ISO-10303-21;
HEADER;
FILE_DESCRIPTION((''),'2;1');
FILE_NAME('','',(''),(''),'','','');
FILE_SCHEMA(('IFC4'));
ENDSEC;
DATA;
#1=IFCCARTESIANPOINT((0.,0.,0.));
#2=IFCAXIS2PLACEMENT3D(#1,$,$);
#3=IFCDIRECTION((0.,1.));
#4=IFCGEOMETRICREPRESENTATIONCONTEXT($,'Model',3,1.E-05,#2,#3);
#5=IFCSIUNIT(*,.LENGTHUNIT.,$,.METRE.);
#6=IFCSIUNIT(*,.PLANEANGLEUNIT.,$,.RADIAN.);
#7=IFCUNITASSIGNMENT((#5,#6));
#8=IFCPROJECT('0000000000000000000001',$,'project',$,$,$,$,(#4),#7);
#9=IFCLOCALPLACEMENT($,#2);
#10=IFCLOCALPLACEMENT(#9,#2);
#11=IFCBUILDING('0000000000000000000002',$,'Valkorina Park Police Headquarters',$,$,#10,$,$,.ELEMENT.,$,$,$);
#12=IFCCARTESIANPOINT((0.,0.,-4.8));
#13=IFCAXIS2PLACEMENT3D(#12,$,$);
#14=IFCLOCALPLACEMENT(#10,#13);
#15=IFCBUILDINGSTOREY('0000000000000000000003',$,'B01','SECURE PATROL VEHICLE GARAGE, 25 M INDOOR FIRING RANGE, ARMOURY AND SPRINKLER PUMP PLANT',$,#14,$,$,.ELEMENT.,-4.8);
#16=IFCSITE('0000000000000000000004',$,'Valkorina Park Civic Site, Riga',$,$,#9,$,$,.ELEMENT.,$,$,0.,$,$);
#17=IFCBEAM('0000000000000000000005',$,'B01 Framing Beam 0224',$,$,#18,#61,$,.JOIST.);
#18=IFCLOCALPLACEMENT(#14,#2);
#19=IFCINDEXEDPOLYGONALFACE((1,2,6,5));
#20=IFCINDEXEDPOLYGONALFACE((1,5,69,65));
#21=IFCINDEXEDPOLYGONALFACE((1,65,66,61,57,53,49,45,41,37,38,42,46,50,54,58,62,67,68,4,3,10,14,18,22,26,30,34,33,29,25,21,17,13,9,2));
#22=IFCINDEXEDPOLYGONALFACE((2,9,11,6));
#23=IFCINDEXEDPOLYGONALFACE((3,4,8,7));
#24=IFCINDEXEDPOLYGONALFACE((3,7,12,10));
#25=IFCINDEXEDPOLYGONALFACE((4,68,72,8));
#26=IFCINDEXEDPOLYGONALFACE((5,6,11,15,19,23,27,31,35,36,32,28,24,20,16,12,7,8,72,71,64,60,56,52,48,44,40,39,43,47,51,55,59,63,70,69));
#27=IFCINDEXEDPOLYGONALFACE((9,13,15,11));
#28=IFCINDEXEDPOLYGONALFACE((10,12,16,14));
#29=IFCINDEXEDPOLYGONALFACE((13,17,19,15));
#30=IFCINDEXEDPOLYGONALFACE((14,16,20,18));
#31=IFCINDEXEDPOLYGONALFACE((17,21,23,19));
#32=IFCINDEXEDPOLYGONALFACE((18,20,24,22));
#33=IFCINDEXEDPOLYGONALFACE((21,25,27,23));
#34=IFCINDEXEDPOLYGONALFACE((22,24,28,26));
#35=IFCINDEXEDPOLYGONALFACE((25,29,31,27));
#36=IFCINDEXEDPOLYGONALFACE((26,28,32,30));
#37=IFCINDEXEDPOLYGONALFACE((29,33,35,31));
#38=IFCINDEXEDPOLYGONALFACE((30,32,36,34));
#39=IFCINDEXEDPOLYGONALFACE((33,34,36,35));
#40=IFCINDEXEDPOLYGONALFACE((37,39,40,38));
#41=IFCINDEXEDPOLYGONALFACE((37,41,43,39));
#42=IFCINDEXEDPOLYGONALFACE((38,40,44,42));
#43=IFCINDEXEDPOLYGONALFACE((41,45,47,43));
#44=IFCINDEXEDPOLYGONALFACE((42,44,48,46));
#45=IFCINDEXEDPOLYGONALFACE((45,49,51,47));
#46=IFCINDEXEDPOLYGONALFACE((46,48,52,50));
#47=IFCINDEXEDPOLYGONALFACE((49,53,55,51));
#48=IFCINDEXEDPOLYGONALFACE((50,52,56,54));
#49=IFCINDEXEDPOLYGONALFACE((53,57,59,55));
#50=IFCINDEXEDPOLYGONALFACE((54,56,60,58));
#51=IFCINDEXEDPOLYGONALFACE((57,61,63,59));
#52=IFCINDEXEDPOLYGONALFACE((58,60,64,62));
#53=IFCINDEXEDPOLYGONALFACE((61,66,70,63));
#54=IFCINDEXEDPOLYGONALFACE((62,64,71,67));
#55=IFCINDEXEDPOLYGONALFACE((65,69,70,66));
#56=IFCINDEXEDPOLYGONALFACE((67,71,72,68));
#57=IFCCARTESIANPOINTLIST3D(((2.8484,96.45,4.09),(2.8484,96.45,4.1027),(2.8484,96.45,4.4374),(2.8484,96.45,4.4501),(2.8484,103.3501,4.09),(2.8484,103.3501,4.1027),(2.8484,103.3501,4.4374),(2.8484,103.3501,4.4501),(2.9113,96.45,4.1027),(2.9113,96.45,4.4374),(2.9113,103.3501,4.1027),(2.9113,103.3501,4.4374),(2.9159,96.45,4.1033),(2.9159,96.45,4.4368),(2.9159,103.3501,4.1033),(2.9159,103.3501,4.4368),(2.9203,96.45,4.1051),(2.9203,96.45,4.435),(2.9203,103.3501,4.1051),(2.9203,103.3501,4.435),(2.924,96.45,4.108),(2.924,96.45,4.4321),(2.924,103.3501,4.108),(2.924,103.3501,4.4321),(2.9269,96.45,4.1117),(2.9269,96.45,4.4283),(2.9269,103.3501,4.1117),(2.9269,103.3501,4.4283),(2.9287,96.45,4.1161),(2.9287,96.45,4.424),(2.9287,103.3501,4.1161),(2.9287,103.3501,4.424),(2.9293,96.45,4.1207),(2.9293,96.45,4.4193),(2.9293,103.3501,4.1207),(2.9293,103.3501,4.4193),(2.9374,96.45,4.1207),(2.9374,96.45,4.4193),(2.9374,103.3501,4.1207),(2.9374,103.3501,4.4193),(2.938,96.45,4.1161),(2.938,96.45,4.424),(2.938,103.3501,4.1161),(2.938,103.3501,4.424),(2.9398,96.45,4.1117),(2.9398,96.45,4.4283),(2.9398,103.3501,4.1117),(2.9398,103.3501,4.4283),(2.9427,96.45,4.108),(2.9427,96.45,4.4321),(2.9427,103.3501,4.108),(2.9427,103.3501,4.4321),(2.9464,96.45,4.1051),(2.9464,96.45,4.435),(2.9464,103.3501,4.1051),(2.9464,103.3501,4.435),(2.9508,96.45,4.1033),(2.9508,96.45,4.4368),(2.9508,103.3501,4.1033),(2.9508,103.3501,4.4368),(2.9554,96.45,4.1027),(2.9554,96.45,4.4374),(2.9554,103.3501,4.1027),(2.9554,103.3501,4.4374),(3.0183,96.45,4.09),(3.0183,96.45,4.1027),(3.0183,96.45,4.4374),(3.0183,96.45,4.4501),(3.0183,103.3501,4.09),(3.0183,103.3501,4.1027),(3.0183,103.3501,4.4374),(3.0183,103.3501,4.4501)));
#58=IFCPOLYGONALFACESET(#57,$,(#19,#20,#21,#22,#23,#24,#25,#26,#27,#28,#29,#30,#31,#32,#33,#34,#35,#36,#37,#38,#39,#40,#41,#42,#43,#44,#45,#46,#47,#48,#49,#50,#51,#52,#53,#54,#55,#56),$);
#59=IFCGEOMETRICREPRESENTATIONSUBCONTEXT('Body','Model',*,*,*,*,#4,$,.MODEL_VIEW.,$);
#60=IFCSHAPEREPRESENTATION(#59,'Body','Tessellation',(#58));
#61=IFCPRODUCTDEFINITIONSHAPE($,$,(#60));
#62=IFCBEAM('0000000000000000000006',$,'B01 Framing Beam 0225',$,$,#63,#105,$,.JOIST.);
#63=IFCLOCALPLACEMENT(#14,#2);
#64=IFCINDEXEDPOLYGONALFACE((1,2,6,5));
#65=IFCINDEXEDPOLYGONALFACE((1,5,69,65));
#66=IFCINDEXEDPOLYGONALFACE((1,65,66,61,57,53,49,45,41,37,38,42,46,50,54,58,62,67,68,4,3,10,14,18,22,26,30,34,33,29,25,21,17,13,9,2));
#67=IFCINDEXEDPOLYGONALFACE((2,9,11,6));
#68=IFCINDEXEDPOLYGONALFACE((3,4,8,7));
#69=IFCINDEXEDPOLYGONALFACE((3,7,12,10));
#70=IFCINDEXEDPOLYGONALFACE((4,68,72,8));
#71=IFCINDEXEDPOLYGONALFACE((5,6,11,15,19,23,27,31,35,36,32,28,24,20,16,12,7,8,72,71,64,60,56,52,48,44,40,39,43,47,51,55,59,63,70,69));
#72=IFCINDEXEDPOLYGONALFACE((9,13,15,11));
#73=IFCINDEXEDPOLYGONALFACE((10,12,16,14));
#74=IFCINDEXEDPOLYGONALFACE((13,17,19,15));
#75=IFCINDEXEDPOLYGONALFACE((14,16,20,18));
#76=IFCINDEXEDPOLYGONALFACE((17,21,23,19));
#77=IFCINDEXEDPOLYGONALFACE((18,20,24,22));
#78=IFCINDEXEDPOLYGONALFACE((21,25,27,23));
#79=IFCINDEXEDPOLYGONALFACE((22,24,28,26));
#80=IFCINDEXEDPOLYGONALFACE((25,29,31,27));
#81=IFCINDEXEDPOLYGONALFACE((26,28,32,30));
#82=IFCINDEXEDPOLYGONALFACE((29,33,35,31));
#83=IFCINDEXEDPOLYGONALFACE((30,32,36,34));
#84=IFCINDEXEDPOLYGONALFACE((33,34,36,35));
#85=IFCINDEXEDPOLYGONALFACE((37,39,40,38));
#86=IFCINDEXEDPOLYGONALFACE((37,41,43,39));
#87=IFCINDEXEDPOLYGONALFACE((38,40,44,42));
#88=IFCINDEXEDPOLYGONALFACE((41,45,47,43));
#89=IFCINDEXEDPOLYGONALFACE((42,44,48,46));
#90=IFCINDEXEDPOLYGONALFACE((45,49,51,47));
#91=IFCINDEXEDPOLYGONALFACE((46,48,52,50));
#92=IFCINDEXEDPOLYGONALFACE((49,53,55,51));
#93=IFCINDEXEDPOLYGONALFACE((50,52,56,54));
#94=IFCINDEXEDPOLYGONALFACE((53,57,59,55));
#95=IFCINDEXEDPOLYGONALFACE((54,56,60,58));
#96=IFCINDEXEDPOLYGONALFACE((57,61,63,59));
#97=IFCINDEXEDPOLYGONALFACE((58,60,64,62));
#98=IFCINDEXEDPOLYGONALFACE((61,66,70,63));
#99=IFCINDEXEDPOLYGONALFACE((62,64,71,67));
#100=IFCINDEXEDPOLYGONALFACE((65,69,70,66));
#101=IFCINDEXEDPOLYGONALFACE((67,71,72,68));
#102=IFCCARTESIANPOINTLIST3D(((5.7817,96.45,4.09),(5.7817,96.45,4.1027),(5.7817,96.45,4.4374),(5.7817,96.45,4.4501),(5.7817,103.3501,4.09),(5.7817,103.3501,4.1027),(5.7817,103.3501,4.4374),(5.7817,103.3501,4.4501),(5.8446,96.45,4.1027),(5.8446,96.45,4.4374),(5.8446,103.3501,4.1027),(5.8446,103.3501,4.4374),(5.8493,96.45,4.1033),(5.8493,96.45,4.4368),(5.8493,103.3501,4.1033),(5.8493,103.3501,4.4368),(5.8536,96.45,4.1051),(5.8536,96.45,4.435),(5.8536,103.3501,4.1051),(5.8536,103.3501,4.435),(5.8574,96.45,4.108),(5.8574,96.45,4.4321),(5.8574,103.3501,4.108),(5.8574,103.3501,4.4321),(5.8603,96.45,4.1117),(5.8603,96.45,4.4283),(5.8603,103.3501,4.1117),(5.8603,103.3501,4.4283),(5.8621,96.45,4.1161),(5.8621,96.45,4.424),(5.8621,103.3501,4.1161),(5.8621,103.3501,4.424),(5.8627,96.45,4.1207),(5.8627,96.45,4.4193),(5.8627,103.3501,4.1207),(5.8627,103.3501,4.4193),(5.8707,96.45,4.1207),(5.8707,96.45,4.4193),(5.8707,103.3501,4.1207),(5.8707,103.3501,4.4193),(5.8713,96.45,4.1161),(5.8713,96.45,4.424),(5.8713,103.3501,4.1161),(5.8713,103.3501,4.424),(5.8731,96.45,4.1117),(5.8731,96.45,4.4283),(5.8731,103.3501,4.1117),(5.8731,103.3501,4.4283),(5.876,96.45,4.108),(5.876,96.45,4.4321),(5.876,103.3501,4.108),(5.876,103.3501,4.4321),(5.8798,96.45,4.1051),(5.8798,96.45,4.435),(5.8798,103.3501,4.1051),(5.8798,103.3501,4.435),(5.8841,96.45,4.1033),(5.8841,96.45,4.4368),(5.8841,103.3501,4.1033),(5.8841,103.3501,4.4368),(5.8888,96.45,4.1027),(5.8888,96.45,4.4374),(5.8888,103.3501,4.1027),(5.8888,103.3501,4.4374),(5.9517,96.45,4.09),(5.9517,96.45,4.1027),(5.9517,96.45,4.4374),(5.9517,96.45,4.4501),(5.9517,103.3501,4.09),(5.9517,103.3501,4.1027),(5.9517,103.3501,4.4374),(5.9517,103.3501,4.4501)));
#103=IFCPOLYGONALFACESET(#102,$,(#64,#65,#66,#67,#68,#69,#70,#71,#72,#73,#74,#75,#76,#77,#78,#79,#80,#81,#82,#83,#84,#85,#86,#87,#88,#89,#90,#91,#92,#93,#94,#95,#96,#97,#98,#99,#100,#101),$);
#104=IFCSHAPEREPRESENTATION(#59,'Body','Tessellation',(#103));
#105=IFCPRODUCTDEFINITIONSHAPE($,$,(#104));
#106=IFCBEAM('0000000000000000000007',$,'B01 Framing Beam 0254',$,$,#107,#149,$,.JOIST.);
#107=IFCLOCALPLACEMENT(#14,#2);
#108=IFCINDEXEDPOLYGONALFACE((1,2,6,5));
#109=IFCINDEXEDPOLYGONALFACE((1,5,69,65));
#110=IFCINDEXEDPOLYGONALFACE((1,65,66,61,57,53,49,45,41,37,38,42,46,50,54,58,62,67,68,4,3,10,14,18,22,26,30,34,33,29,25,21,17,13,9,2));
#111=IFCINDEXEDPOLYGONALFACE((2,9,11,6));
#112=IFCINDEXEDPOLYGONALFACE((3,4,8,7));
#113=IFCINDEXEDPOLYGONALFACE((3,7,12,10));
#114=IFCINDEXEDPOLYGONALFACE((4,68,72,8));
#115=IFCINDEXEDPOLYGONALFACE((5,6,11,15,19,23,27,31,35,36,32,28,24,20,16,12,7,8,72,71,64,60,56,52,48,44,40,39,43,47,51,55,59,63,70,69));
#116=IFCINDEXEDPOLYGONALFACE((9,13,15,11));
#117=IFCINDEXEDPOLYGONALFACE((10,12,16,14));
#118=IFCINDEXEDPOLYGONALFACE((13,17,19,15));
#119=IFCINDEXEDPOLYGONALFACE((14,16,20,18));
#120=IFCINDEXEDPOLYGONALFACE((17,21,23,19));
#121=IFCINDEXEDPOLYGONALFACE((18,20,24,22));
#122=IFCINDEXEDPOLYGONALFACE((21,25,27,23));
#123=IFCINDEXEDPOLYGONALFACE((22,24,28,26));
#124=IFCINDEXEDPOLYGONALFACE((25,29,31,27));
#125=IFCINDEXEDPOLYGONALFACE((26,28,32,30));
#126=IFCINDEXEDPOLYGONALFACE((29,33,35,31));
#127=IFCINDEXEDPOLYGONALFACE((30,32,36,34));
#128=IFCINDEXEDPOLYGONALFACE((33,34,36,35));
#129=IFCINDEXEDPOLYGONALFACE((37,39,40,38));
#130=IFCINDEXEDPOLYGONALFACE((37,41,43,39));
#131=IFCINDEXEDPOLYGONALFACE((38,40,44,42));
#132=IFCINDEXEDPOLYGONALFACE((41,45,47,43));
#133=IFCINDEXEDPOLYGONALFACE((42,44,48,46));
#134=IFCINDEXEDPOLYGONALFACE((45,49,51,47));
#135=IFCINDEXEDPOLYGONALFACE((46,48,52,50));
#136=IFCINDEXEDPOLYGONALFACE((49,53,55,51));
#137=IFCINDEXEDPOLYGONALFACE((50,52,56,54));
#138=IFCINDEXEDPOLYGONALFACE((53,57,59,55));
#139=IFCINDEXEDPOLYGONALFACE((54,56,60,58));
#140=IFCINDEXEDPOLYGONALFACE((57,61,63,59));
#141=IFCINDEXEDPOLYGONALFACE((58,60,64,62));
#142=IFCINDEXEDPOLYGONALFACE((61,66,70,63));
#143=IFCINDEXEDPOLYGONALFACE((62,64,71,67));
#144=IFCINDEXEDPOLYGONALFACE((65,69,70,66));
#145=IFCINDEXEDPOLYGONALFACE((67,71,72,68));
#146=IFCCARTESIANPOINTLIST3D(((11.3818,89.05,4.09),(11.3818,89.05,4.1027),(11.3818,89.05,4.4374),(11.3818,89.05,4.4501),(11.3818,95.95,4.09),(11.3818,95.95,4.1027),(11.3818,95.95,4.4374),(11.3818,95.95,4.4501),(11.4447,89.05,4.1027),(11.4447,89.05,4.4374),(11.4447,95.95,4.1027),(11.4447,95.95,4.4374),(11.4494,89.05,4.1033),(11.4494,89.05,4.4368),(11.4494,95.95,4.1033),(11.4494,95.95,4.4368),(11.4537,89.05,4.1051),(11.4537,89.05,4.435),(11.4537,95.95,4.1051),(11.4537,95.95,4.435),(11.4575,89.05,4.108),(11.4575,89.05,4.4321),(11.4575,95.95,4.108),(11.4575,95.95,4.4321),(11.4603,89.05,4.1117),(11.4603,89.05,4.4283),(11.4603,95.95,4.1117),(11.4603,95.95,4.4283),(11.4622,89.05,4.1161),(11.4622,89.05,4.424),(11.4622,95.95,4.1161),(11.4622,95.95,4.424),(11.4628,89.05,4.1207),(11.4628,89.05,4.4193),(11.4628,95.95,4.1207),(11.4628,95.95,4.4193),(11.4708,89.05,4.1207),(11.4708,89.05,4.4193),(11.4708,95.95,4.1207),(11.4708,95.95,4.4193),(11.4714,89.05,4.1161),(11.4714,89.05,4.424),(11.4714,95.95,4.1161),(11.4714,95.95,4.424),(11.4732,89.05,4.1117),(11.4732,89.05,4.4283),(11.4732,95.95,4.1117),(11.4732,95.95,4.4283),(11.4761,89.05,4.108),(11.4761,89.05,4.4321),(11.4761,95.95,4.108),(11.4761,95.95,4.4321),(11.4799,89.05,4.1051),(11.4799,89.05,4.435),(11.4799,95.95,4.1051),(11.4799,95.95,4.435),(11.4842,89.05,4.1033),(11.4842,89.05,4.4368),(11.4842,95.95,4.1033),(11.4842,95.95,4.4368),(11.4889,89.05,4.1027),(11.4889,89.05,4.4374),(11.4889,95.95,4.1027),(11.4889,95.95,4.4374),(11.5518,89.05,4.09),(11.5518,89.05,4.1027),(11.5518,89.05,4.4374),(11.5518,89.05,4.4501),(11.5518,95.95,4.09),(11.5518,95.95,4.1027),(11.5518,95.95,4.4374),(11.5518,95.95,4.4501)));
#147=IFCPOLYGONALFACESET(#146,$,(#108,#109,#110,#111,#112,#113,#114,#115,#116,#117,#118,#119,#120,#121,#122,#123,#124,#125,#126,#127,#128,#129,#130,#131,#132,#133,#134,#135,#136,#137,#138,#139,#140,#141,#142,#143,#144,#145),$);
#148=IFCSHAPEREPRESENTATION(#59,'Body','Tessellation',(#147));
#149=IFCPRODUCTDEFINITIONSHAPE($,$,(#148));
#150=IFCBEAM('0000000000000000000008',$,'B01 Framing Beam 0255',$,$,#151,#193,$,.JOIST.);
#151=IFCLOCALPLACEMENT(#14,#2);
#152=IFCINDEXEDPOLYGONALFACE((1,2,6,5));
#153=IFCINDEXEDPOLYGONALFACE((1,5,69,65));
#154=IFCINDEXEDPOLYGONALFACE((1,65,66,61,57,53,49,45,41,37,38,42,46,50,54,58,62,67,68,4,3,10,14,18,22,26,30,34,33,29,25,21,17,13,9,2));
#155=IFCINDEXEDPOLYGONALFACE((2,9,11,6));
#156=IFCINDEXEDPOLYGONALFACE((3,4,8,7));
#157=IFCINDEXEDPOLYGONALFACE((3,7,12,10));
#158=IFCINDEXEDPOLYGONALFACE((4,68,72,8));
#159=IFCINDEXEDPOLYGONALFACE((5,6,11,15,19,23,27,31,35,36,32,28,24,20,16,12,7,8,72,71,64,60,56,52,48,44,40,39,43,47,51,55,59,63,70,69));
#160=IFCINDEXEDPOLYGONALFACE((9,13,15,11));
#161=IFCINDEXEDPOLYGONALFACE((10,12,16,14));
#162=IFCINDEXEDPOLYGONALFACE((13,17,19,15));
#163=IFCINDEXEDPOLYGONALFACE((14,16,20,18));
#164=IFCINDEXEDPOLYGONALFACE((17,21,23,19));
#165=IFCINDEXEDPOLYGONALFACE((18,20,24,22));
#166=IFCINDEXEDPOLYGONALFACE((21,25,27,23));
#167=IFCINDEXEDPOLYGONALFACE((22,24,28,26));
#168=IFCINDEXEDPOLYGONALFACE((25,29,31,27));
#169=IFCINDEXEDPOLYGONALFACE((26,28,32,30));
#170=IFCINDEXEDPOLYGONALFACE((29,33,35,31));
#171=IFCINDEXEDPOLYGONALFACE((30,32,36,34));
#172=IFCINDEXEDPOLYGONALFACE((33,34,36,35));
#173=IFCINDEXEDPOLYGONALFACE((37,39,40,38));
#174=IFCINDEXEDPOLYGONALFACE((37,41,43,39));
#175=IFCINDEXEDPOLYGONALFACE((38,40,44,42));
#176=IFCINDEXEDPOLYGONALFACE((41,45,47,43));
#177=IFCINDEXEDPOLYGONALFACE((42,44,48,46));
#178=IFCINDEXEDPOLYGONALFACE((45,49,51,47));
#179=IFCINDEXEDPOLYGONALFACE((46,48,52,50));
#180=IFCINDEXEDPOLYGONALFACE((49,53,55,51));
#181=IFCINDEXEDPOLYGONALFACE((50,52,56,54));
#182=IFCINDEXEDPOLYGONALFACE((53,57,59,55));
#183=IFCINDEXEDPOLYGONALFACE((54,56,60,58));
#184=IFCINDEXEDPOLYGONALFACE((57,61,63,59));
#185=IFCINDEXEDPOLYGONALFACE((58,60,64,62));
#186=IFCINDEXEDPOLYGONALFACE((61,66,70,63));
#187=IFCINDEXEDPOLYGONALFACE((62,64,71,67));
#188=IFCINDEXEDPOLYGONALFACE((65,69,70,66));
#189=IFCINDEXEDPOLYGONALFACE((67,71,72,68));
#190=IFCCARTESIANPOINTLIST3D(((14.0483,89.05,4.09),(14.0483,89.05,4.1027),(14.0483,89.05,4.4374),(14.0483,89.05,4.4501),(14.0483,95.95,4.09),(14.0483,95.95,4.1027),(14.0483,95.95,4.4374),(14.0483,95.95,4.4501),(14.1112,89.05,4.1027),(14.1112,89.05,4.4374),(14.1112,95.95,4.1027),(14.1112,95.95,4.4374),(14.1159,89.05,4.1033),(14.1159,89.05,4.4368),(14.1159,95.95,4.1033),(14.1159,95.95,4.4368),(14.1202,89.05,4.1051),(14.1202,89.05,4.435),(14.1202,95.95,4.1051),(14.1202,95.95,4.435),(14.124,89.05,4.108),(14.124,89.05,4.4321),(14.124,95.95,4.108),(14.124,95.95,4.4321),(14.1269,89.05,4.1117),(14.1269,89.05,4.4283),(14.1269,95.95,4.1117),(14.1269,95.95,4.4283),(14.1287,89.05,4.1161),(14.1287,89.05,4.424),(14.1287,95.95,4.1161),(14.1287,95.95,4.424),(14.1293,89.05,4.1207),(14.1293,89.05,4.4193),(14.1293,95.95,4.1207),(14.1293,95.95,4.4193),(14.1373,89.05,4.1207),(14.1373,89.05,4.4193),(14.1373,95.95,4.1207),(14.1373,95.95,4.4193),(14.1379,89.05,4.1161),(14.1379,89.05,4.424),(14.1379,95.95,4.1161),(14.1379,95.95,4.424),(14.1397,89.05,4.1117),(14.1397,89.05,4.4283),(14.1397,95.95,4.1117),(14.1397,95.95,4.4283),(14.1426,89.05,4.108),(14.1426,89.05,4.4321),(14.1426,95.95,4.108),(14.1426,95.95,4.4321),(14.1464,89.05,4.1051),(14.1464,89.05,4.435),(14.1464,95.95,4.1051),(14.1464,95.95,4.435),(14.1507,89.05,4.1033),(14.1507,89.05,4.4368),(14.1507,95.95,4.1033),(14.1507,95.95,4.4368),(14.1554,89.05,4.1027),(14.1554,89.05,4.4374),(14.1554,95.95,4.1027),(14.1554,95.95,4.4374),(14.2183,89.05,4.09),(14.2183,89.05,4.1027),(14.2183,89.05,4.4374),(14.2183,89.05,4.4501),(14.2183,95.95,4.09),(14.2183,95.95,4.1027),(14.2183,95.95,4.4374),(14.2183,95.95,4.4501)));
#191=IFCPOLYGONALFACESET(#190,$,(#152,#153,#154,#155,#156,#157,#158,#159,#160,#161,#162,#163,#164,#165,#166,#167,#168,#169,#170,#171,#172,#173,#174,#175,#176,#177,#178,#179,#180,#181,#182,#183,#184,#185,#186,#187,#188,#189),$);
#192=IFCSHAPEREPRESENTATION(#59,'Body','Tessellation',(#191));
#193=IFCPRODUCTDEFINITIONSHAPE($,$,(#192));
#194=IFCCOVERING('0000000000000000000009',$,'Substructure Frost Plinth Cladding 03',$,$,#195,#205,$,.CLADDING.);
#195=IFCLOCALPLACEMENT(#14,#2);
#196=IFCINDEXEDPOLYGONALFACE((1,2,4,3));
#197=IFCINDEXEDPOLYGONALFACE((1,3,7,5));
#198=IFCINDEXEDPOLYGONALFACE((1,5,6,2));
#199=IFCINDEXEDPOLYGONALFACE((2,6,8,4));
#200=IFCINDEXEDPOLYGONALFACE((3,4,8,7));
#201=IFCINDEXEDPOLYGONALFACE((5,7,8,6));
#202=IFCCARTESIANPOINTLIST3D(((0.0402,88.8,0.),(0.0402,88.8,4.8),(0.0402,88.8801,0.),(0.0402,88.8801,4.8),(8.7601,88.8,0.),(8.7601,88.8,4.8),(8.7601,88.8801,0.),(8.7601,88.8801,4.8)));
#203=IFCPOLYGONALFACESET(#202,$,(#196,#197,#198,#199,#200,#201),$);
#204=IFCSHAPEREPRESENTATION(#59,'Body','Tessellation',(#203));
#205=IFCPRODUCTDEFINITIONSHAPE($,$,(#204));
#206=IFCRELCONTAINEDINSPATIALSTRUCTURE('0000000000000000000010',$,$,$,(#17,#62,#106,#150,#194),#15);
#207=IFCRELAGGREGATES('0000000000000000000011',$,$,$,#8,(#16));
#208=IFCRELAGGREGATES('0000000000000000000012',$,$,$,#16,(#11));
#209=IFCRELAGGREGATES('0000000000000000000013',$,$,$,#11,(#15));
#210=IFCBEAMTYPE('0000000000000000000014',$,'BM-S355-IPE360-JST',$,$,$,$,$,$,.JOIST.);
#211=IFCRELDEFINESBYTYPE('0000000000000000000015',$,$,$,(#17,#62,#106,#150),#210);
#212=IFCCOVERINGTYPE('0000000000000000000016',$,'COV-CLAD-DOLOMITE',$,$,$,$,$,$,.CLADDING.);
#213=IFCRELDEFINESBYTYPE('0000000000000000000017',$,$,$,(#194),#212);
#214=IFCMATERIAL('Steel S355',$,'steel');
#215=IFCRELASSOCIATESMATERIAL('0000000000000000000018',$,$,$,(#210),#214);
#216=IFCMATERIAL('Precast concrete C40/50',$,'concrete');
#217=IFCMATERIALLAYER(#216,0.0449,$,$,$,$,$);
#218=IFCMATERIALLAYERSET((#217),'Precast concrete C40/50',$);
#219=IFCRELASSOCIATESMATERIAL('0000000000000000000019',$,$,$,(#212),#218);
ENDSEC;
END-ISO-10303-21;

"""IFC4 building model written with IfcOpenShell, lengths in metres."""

from ifc_helpers import new_model, si_unit, direction, frame, frame_2d, origin, origin_2d, place, context, subcontext, project, spatial, rectangle, i_section, extrude, material, layer, layer_set, material_profile, profile_set, type_object, element, save


model = new_model("IFC4")

# Units and contexts
model_context = context("Model", 3, precision=1e-05, world=origin(), true_north=direction((0.0, 1.0)))
body_context = subcontext(model_context, "Body", "Model", "MODEL_VIEW")
ifc_project = project(units=[si_unit("LENGTHUNIT", "METRE"), si_unit("PLANEANGLEUNIT", "RADIAN")], contexts=[model_context])

# Site, building, storey
site_placement = place(None, origin())
site = spatial("IfcSite", under=ifc_project, at=site_placement, Name="Valkorina Park Civic Site, Riga", CompositionType="ELEMENT", RefElevation=0.0)
building_placement = place(site_placement, origin())
building = spatial("IfcBuilding", under=site, at=building_placement, Name="Valkorina Park Police Headquarters", CompositionType="ELEMENT")
storey_placement = place(building_placement, frame((0.0, 0.0, -4.8)))
storey = spatial("IfcBuildingStorey", under=building, at=storey_placement, Name="B01", Description="SECURE PATROL VEHICLE GARAGE, 25 M INDOOR FIRING RANGE, ARMOURY AND SPRINKLER PUMP PLANT", CompositionType="ELEMENT", Elevation=-4.8)

# Beams
ifc_material_1 = material(Name="Steel S355", Category="steel")
ifc_material_profile_1 = material_profile(ifc_material_1, i_section(OverallWidth=0.1699, OverallDepth=0.3601, WebThickness=0.0081, FlangeThickness=0.0127, FilletRadius=0.0181, at=origin_2d()), Name="IPE 360")
ifc_profile_set_1 = profile_set([ifc_material_profile_1], Name="Steel S355")
beam_type_1 = type_object("IfcBeamType", Name="BM-S355-IPE360-JST", PredefinedType="JOIST", material=ifc_profile_set_1)
for number, where, z_axis, x_axis, name in (
    (1, (2.9333, 96.45, 4.27), (0.0, 1.0, 0.0), (-1.0, 0.0, 0.0), "B01 Framing Beam 0224"),
    (2, (5.8667, 96.45, 4.27), (0.0, 1.0, 0.0), (-1.0, 0.0, 0.0), "B01 Framing Beam 0225"),
):
    element("IfcBeam", number, at=place(storey_placement, frame(where, z_axis=z_axis, x_axis=x_axis)), inside=storey, type_object=beam_type_1, Name=name, PredefinedType="JOIST", context=body_context, shape_type="SweptSolid", body=[
        extrude(i_section(OverallWidth=0.1699, OverallDepth=0.3601, WebThickness=0.0081, FlangeThickness=0.0127, FilletRadius=0.0181, at=origin_2d()), origin(), (0.0, 0.0, 1.0), 6.9001),
    ])
for number, where, z_axis, x_axis, name in (
    (3, (11.4668, 89.05, 4.27), (0.0, 1.0, 0.0), (-1.0, 0.0, 0.0), "B01 Framing Beam 0254"),
    (4, (14.1333, 89.05, 4.27), (0.0, 1.0, 0.0), (-1.0, 0.0, 0.0), "B01 Framing Beam 0255"),
):
    element("IfcBeam", number, at=place(storey_placement, frame(where, z_axis=z_axis, x_axis=x_axis)), inside=storey, type_object=beam_type_1, Name=name, PredefinedType="JOIST", context=body_context, shape_type="SweptSolid", body=[
        extrude(i_section(OverallWidth=0.1699, OverallDepth=0.3601, WebThickness=0.0081, FlangeThickness=0.0127, FilletRadius=0.0181, at=origin_2d()), origin(), (0.0, 0.0, 1.0), 6.8999),
    ])

# Covering
ifc_material_2 = material(Name="Precast concrete C40/50", Category="concrete")
ifc_layer = layer(ifc_material_2, 0.0449)
ifc_layer_set = layer_set([ifc_layer], Name="Precast concrete C40/50")
covering_type = type_object("IfcCoveringType", Name="COV-CLAD-DOLOMITE", PredefinedType="CLADDING", material=ifc_layer_set)
covering_1_placement = place(storey_placement, frame((8.76, 88.8401, 0.0), z_axis=(0.0, 0.0, 1.0), x_axis=(-1.0, 0.0, 0.0)))
element("IfcCovering", 5, at=covering_1_placement, inside=storey, type_object=covering_type, Name="Substructure Frost Plinth Cladding 03", PredefinedType="CLADDING", context=body_context, shape_type="SweptSolid", body=[
    extrude(rectangle(XDim=8.72, YDim=0.0801, at=frame_2d((4.3599, 0.0))), origin(), (0.0, 0.0, 1.0), 4.8),
])

save(model, "model.ifc")
